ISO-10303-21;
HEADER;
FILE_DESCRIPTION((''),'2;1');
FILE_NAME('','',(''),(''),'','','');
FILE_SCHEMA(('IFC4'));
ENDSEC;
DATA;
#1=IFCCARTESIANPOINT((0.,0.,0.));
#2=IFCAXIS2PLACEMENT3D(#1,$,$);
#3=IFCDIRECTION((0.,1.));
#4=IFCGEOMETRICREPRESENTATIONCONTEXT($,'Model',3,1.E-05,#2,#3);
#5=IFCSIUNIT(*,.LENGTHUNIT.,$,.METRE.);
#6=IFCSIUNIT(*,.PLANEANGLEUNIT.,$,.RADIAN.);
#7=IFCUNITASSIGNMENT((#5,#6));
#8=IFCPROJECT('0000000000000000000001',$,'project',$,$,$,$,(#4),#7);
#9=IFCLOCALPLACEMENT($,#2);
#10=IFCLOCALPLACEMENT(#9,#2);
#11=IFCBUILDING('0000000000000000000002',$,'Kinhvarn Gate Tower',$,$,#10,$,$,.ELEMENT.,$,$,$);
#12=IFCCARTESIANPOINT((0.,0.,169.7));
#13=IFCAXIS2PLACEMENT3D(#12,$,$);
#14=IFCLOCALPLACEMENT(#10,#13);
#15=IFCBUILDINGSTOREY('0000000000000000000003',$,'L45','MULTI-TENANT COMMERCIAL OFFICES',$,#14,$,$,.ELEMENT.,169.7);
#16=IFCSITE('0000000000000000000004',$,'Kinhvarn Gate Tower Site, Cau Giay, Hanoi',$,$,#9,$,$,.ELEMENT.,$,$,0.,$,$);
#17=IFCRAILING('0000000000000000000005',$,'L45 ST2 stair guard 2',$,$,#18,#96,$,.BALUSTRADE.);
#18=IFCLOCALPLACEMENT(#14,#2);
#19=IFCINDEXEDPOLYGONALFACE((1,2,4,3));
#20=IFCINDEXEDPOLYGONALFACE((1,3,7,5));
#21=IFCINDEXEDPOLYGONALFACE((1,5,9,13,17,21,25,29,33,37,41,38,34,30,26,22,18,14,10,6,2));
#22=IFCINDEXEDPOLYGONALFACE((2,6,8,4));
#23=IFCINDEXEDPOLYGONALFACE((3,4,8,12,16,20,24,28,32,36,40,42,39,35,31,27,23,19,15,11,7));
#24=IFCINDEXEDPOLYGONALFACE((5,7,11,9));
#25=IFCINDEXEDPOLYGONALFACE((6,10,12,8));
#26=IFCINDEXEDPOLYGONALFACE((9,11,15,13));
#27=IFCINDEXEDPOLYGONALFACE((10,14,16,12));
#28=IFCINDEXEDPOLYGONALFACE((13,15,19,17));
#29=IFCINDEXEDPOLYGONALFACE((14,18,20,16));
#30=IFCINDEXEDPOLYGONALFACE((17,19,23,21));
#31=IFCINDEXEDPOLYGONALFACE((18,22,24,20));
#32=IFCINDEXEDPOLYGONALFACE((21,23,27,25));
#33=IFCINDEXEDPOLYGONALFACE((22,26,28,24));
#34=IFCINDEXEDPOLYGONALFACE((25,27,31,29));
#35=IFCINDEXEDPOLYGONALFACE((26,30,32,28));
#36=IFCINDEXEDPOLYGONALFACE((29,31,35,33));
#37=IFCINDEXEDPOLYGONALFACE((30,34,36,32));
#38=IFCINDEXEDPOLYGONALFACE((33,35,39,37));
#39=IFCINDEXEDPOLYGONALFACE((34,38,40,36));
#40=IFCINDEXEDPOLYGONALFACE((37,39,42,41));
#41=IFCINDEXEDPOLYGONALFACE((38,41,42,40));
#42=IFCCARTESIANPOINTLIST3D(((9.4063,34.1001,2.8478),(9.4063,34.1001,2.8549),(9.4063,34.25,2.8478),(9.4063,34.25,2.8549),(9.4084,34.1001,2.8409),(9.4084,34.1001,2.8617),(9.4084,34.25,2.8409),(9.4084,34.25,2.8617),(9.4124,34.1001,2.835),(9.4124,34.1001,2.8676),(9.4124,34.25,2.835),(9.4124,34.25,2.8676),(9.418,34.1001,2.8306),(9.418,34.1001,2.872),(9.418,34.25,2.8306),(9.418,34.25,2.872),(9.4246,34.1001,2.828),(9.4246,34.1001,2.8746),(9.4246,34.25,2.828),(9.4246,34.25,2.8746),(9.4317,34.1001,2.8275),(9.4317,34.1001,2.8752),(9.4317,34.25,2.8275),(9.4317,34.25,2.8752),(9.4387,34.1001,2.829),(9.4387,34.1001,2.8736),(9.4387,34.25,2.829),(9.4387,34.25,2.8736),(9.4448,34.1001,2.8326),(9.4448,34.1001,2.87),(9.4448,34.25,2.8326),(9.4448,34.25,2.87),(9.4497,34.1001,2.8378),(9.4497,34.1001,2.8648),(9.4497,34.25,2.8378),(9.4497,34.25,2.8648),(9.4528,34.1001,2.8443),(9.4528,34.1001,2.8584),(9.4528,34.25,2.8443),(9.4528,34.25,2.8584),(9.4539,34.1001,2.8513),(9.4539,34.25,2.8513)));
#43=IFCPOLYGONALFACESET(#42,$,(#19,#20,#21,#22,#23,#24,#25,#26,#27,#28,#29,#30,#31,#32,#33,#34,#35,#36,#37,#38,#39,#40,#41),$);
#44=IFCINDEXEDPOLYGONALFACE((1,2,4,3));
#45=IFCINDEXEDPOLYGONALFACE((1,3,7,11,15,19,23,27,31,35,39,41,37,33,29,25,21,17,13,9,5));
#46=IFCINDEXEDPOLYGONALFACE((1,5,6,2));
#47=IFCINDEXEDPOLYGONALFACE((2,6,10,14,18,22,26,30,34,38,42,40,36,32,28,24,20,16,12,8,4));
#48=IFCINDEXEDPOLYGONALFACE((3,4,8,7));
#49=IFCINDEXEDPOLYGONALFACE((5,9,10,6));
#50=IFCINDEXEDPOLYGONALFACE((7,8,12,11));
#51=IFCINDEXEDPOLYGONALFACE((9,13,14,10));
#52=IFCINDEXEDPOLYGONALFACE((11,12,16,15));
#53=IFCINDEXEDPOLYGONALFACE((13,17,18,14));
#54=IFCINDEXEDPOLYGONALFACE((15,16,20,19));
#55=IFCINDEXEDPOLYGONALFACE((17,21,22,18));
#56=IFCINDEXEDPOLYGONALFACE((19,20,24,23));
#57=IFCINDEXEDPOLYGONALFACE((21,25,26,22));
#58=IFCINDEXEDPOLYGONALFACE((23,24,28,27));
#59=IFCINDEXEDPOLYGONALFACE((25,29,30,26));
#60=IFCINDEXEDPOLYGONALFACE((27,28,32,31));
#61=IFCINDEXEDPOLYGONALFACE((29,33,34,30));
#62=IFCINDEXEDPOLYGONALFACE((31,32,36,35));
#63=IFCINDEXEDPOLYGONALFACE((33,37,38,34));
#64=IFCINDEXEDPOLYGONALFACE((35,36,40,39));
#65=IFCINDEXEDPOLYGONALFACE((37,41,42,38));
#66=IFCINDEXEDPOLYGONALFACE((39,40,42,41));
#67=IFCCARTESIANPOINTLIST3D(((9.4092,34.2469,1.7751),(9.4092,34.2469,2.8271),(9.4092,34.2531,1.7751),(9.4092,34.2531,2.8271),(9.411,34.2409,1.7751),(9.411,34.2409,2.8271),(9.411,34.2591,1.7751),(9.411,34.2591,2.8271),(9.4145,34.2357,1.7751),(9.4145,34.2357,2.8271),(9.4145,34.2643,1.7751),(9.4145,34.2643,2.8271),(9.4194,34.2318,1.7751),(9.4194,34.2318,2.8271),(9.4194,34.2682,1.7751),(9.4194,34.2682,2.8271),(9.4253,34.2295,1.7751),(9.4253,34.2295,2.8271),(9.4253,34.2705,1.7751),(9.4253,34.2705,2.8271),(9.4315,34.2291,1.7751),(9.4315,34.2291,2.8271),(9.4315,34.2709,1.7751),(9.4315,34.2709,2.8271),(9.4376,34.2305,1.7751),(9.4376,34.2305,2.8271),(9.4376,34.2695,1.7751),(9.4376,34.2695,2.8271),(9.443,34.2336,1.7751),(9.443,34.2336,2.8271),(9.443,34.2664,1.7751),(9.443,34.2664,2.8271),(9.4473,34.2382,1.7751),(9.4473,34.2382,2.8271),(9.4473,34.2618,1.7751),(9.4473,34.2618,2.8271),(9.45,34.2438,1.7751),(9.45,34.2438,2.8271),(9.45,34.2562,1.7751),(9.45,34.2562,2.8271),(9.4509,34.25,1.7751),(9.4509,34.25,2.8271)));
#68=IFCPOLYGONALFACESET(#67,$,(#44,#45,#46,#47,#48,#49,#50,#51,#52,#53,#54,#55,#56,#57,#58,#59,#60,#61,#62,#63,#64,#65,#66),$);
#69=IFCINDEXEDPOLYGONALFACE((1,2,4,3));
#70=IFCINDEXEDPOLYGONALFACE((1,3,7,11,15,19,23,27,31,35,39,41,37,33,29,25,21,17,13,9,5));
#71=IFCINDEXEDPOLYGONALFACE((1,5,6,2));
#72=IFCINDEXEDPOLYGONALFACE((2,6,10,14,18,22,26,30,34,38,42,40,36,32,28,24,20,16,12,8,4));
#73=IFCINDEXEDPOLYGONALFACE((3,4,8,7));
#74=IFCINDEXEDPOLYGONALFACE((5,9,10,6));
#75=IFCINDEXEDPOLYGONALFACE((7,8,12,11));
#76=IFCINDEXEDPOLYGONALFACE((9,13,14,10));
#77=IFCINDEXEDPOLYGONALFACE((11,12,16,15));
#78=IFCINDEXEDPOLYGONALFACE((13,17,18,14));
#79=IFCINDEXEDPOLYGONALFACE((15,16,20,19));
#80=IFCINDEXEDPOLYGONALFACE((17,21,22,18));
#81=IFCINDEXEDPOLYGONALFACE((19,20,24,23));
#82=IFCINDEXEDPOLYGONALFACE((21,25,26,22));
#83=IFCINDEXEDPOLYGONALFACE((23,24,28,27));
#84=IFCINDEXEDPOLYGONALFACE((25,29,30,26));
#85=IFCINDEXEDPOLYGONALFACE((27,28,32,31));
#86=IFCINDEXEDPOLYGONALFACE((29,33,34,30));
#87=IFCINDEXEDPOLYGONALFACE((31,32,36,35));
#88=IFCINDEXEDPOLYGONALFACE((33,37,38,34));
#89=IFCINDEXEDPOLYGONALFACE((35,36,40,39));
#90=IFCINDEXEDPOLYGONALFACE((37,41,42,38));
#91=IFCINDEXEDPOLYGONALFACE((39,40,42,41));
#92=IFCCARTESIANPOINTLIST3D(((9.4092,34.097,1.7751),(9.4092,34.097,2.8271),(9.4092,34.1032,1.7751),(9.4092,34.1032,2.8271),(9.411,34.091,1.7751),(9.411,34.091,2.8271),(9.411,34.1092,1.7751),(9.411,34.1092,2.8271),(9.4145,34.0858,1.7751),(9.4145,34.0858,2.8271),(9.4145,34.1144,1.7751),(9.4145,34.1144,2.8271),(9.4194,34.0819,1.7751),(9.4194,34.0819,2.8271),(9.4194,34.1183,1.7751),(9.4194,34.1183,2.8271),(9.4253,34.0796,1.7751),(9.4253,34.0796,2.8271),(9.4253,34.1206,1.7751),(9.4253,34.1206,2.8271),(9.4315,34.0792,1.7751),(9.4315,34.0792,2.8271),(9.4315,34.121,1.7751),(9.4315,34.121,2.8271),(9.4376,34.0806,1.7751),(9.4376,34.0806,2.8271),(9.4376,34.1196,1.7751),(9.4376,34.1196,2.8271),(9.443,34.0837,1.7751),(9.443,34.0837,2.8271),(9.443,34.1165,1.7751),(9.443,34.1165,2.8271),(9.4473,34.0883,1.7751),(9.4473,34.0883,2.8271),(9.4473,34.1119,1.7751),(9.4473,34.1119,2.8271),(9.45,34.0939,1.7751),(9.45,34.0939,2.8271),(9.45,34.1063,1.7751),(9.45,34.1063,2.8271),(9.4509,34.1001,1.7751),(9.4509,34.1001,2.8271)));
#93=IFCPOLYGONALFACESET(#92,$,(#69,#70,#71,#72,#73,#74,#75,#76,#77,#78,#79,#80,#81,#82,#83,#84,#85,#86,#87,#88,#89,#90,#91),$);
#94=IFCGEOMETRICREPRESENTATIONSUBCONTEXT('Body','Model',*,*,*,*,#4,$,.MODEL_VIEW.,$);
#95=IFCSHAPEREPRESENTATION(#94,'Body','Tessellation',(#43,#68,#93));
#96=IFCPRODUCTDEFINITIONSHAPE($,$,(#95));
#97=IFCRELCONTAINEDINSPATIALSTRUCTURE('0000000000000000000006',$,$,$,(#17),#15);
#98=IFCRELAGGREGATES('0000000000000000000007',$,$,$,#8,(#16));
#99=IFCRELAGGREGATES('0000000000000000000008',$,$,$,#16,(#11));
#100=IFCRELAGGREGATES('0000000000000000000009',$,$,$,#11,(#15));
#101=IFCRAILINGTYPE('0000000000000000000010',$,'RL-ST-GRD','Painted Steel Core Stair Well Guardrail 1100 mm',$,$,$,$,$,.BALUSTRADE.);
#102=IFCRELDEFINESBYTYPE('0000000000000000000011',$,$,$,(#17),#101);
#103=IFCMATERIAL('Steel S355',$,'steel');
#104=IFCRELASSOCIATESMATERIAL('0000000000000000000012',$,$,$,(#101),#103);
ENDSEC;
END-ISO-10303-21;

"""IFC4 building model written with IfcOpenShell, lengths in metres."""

from ifc_helpers import new_model, si_unit, direction, frame, origin, origin_2d, place, context, subcontext, project, spatial, circle, extrude, material, type_object, element, save


model = new_model("IFC4")

# Units and contexts
model_context = context("Model", 3, precision=1e-05, world=origin(), true_north=direction((0.0, 1.0)))
body_context = subcontext(model_context, "Body", "Model", "MODEL_VIEW")
ifc_project = project(units=[si_unit("LENGTHUNIT", "METRE"), si_unit("PLANEANGLEUNIT", "RADIAN")], contexts=[model_context])

# Site, building, storey
site_placement = place(None, origin())
site = spatial("IfcSite", under=ifc_project, at=site_placement, Name="Kinhvarn Gate Tower Site, Cau Giay, Hanoi", CompositionType="ELEMENT", RefElevation=0.0)
building_placement = place(site_placement, origin())
building = spatial("IfcBuilding", under=site, at=building_placement, Name="Kinhvarn Gate Tower", CompositionType="ELEMENT")
storey_placement = place(building_placement, frame((0.0, 0.0, 169.7)))
storey = spatial("IfcBuildingStorey", under=building, at=storey_placement, Name="L45", Description="MULTI-TENANT COMMERCIAL OFFICES", CompositionType="ELEMENT", Elevation=169.7)

# Shared definitions
ifc_material_1 = material(Name="Steel S355", Category="steel")

# Railing
railing_type_1 = type_object("IfcRailingType", Name="RL-ST-GRD", Description="Painted Steel Core Stair Well Guardrail 1100 mm", PredefinedType="BALUSTRADE", material=ifc_material_1)
railing_1_placement = place(storey_placement, frame((9.4299, 34.25, 1.7751)))
element("IfcRailing", 1, at=railing_1_placement, inside=storey, type_object=railing_type_1, Name="L45 ST2 stair guard 2", PredefinedType="BALUSTRADE", context=body_context, shape_type="SweptSolid", body=[
    extrude(circle(Radius=0.0239, at=origin_2d()), frame((0.0, 0.0, 1.0762), z_axis=(0.0, -1.0, 0.0), x_axis=(1.0, 0.0, 0.0)), (0.0, 0.0, 1.0), 0.1499),
    extrude(circle(Radius=0.021, at=origin_2d()), origin(), (0.0, 0.0, 1.0), 1.052),
    extrude(circle(Radius=0.021, at=origin_2d()), frame((0.0, -0.1499, 0.0)), (0.0, 0.0, 1.0), 1.052),
])

save(model, "model.ifc")
